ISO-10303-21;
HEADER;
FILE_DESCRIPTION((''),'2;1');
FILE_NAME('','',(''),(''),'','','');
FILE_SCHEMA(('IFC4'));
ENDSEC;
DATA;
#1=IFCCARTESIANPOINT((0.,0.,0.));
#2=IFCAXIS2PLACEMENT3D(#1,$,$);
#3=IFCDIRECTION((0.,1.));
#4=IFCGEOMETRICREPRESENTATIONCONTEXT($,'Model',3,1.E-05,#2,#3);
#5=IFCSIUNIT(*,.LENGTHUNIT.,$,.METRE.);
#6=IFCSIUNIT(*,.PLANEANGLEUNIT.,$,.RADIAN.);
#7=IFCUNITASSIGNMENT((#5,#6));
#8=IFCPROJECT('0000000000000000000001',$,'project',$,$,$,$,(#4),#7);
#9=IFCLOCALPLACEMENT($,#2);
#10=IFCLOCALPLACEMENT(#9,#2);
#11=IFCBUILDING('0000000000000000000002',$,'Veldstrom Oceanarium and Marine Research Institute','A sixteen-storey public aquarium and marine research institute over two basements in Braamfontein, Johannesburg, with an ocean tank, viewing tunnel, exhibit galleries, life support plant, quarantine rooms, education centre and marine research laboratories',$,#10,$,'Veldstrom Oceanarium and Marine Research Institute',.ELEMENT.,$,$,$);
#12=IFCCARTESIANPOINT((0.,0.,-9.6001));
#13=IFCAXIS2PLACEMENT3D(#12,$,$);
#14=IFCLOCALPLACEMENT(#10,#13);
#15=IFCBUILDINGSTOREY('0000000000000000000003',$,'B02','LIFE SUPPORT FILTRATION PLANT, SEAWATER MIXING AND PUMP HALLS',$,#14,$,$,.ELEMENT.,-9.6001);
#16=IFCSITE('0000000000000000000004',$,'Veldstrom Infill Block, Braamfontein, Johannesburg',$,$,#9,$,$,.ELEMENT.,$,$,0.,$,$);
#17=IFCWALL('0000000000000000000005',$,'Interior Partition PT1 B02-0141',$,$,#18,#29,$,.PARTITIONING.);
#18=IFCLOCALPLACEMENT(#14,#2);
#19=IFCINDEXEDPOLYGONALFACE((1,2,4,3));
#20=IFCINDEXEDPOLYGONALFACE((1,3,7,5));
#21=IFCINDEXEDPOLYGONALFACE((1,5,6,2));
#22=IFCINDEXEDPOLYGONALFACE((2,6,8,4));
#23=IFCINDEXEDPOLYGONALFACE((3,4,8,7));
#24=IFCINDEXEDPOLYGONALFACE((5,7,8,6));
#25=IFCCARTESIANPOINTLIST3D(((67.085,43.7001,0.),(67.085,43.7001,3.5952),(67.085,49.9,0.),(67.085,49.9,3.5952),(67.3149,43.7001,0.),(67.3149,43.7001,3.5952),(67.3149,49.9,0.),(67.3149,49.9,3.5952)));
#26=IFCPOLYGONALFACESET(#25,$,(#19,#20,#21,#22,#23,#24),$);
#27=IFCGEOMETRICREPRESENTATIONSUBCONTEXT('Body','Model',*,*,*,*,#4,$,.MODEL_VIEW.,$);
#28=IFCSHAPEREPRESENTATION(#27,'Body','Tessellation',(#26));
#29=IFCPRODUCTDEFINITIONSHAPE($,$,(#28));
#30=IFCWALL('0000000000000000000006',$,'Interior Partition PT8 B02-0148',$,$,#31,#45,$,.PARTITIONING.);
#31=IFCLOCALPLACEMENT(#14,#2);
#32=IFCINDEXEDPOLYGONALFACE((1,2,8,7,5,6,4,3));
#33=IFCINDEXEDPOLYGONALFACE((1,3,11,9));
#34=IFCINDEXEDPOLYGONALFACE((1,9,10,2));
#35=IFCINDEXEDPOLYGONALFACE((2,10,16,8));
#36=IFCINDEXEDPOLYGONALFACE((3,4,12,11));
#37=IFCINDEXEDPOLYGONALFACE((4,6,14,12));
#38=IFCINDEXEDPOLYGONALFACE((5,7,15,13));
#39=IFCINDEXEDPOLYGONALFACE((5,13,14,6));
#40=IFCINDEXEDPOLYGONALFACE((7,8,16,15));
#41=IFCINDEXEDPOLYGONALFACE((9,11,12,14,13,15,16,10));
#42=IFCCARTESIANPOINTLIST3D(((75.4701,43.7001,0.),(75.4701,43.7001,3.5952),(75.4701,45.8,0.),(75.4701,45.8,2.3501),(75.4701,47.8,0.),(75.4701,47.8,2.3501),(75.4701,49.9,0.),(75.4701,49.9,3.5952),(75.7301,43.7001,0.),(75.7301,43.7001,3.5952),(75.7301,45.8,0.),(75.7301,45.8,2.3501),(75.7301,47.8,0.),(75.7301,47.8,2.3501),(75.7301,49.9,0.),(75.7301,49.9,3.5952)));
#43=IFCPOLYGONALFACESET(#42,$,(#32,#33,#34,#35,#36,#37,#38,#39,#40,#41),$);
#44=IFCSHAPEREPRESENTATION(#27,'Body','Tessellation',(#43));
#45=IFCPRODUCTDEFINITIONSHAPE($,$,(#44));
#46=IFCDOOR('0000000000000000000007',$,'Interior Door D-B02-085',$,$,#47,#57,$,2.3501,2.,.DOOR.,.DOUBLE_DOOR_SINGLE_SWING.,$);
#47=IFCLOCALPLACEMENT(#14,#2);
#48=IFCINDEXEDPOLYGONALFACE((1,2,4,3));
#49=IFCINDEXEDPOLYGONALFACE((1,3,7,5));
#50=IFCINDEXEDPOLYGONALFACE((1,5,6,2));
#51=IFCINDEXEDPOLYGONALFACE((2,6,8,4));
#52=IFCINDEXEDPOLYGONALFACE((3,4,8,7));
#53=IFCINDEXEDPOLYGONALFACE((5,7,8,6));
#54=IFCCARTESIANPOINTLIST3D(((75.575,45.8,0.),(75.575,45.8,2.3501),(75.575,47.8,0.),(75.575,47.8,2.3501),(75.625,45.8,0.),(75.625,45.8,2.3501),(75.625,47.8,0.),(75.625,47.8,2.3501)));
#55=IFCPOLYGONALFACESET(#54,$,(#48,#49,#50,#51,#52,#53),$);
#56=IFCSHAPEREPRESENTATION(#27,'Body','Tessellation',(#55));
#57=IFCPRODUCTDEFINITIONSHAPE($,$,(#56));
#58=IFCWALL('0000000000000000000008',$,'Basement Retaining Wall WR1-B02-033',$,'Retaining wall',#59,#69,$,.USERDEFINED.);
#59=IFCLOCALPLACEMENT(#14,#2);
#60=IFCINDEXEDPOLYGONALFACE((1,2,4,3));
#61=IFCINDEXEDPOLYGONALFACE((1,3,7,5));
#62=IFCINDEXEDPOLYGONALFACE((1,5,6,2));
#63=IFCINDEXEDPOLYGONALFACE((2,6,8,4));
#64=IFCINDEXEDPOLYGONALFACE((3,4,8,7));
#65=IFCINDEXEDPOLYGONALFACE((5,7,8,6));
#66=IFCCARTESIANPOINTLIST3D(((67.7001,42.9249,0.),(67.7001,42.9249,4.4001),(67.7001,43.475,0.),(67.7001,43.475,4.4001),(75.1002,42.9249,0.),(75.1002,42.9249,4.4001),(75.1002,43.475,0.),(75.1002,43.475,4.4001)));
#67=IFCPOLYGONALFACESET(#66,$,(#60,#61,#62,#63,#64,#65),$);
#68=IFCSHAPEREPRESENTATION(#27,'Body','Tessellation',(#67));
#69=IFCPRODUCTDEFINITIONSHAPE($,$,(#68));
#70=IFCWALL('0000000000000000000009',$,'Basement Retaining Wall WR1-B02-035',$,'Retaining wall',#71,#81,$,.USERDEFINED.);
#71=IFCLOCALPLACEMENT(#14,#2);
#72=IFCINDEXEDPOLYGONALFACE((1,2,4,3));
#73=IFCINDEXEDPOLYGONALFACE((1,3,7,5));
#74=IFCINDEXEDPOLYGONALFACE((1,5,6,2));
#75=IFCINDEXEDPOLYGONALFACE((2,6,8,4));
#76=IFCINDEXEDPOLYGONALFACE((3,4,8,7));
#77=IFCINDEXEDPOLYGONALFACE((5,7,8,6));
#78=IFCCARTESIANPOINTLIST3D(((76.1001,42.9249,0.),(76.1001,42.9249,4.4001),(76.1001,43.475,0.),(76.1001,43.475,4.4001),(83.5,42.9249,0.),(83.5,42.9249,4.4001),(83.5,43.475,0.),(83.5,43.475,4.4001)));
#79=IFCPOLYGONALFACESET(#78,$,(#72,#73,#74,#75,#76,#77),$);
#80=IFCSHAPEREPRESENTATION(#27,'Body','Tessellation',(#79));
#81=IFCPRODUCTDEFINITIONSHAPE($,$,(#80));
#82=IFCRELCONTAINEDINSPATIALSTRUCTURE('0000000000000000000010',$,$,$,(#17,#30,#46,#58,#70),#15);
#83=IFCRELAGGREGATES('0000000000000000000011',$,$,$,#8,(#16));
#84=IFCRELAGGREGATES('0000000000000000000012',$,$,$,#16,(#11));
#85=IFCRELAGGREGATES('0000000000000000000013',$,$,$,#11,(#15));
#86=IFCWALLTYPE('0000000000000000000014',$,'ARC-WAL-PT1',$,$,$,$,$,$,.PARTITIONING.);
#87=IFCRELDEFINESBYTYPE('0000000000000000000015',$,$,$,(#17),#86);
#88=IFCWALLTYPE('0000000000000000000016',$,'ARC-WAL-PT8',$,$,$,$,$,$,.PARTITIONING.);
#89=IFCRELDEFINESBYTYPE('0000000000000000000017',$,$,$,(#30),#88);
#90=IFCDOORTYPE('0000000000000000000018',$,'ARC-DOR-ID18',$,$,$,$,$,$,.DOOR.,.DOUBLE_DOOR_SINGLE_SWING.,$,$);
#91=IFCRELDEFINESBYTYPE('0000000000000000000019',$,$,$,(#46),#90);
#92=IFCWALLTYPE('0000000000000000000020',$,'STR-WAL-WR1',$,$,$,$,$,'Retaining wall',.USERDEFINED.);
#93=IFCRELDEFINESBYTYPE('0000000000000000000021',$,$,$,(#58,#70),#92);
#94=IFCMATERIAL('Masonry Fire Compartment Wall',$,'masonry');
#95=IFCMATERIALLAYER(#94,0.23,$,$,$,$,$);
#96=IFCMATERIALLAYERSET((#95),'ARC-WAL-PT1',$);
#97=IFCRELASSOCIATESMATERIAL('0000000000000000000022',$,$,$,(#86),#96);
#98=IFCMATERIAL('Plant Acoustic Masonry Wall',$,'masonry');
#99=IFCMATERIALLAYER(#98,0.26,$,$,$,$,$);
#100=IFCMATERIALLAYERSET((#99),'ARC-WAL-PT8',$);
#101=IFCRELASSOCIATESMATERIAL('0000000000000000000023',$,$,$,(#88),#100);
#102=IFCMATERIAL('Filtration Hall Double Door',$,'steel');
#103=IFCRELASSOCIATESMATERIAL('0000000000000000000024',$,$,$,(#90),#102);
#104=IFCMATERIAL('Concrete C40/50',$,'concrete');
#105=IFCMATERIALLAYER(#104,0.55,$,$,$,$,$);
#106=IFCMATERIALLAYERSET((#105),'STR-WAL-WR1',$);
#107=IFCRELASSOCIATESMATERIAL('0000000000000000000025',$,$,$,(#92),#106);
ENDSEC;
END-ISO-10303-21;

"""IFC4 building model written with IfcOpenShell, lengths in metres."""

from ifc_helpers import new_model, si_unit, direction, frame, frame_2d, origin, place, context, subcontext, project, spatial, rectangle, extrude, material, layer, layer_set, type_object, element, fill, save


model = new_model("IFC4")

# Units and contexts
model_context = context("Model", 3, precision=1e-05, world=origin(), true_north=direction((0.0, 1.0)))
body_context = subcontext(model_context, "Body", "Model", "MODEL_VIEW")
ifc_project = project(units=[si_unit("LENGTHUNIT", "METRE"), si_unit("PLANEANGLEUNIT", "RADIAN")], contexts=[model_context])

# Site, building, storey
site_placement = place(None, origin())
site = spatial("IfcSite", under=ifc_project, at=site_placement, Name="Veldstrom Infill Block, Braamfontein, Johannesburg", CompositionType="ELEMENT", RefElevation=0.0)
building_placement = place(site_placement, origin())
building = spatial("IfcBuilding", under=site, at=building_placement, Name="Veldstrom Oceanarium and Marine Research Institute", Description="A sixteen-storey public aquarium and marine research institute over two basements in Braamfontein, Johannesburg, with an ocean tank, viewing tunnel, exhibit galleries, life support plant, quarantine rooms, education centre and marine research laboratories", LongName="Veldstrom Oceanarium and Marine Research Institute", CompositionType="ELEMENT")
storey_placement = place(building_placement, frame((0.0, 0.0, -9.6001)))
storey = spatial("IfcBuildingStorey", under=building, at=storey_placement, Name="B02", Description="LIFE SUPPORT FILTRATION PLANT, SEAWATER MIXING AND PUMP HALLS", CompositionType="ELEMENT", Elevation=-9.6001)

# Wall
ifc_material_1 = material(Name="Masonry Fire Compartment Wall", Category="masonry")
ifc_layer_1 = layer(ifc_material_1, 0.23)
ifc_layer_set_1 = layer_set([ifc_layer_1], Name="ARC-WAL-PT1")
wall_type_1 = type_object("IfcWallType", Name="ARC-WAL-PT1", PredefinedType="PARTITIONING", material=ifc_layer_set_1)
wall_1_placement = place(storey_placement, frame((67.2, 43.7, 0.0), z_axis=(0.0, 0.0, 1.0), x_axis=(0.0, 1.0, 0.0)))
element("IfcWall", 1, at=wall_1_placement, inside=storey, type_object=wall_type_1, Name="Interior Partition PT1 B02-0141", PredefinedType="PARTITIONING", context=body_context, shape_type="SweptSolid", body=[
    extrude(rectangle(XDim=6.2, YDim=0.23, at=frame_2d((3.1001, 0.0))), origin(), (0.0, 0.0, 1.0), 3.5952),
])

# Wall, opening, door
ifc_material_2 = material(Name="Plant Acoustic Masonry Wall", Category="masonry")
ifc_layer_2 = layer(ifc_material_2, 0.26)
ifc_layer_set_2 = layer_set([ifc_layer_2], Name="ARC-WAL-PT8")
wall_type_2 = type_object("IfcWallType", Name="ARC-WAL-PT8", PredefinedType="PARTITIONING", material=ifc_layer_set_2)
wall_2_placement = place(storey_placement, frame((75.6001, 43.7, 0.0), z_axis=(0.0, 0.0, 1.0), x_axis=(0.0, 1.0, 0.0)))
wall_2 = element("IfcWall", 2, at=wall_2_placement, inside=storey, type_object=wall_type_2, Name="Interior Partition PT8 B02-0148", PredefinedType="PARTITIONING", context=body_context, shape_type="SweptSolid", body=[
    extrude(rectangle(XDim=6.2, YDim=0.26, at=frame_2d((3.1001, 0.0))), origin(), (0.0, 0.0, 1.0), 3.5952),
])
opening_placement = place(wall_2_placement, frame((2.1001, 0.0, 0.0)))
opening = element("IfcOpeningElement", 3, at=opening_placement, cuts=wall_2, PredefinedType="OPENING", context=body_context, shape_type="SweptSolid", body=[
    extrude(rectangle(XDim=2.0, YDim=2.3501, at=frame_2d((1.0, 1.175))), frame((0.0, 0.1399, 0.0), z_axis=(0.0, -1.0, 0.0), x_axis=(1.0, 0.0, 0.0)), (0.0, 0.0, 1.0), 0.28),
])
ifc_material_3 = material(Name="Filtration Hall Double Door", Category="steel")
door_type = type_object("IfcDoorType", Name="ARC-DOR-ID18", OperationType="DOUBLE_DOOR_SINGLE_SWING", PredefinedType="DOOR", material=ifc_material_3)
door_placement = place(opening_placement, frame((2.0, 0.0, 0.0), z_axis=(0.0, 0.0, 1.0), x_axis=(-1.0, 0.0, 0.0)))
door = element("IfcDoor", 4, at=door_placement, inside=storey, type_object=door_type, Name="Interior Door D-B02-085", OperationType="DOUBLE_DOOR_SINGLE_SWING", OverallHeight=2.3501, OverallWidth=2.0, PredefinedType="DOOR", context=body_context, shape_type="SweptSolid", body=[
    extrude(rectangle(XDim=2.0, YDim=2.3501, at=frame_2d((1.0, 1.175))), frame((0.0, 0.0249, 0.0), z_axis=(0.0, -1.0, 0.0), x_axis=(1.0, 0.0, 0.0)), (0.0, 0.0, 1.0), 0.05),
])
fill(opening, door)

# Walls
ifc_material_4 = material(Name="Concrete C40/50", Category="concrete")
ifc_layer_3 = layer(ifc_material_4, 0.55)
ifc_layer_set_3 = layer_set([ifc_layer_3], Name="STR-WAL-WR1")
wall_type_3 = type_object("IfcWallType", Name="STR-WAL-WR1", ElementType="Retaining wall", PredefinedType="USERDEFINED", material=ifc_layer_set_3)
wall_3_placement = place(storey_placement, frame((67.7, 43.2, 0.0), z_axis=(0.0, 0.0, 1.0), x_axis=(1.0, 0.0, 0.0)))
element("IfcWall", 5, at=wall_3_placement, inside=storey, type_object=wall_type_3, Name="Basement Retaining Wall WR1-B02-033", ObjectType="Retaining wall", PredefinedType="USERDEFINED", context=body_context, shape_type="SweptSolid", body=[
    extrude(rectangle(XDim=7.4001, YDim=0.55, at=frame_2d((3.7002, 0.0))), origin(), (0.0, 0.0, 1.0), 4.4001),
])
wall_4_placement = place(storey_placement, frame((76.1001, 43.2, 0.0), z_axis=(0.0, 0.0, 1.0), x_axis=(1.0, 0.0, 0.0)))
element("IfcWall", 6, at=wall_4_placement, inside=storey, type_object=wall_type_3, Name="Basement Retaining Wall WR1-B02-035", ObjectType="Retaining wall", PredefinedType="USERDEFINED", context=body_context, shape_type="SweptSolid", body=[
    extrude(rectangle(XDim=7.3999, YDim=0.55, at=frame_2d((3.7, 0.0))), origin(), (0.0, 0.0, 1.0), 4.4001),
])

save(model, "model.ifc")
